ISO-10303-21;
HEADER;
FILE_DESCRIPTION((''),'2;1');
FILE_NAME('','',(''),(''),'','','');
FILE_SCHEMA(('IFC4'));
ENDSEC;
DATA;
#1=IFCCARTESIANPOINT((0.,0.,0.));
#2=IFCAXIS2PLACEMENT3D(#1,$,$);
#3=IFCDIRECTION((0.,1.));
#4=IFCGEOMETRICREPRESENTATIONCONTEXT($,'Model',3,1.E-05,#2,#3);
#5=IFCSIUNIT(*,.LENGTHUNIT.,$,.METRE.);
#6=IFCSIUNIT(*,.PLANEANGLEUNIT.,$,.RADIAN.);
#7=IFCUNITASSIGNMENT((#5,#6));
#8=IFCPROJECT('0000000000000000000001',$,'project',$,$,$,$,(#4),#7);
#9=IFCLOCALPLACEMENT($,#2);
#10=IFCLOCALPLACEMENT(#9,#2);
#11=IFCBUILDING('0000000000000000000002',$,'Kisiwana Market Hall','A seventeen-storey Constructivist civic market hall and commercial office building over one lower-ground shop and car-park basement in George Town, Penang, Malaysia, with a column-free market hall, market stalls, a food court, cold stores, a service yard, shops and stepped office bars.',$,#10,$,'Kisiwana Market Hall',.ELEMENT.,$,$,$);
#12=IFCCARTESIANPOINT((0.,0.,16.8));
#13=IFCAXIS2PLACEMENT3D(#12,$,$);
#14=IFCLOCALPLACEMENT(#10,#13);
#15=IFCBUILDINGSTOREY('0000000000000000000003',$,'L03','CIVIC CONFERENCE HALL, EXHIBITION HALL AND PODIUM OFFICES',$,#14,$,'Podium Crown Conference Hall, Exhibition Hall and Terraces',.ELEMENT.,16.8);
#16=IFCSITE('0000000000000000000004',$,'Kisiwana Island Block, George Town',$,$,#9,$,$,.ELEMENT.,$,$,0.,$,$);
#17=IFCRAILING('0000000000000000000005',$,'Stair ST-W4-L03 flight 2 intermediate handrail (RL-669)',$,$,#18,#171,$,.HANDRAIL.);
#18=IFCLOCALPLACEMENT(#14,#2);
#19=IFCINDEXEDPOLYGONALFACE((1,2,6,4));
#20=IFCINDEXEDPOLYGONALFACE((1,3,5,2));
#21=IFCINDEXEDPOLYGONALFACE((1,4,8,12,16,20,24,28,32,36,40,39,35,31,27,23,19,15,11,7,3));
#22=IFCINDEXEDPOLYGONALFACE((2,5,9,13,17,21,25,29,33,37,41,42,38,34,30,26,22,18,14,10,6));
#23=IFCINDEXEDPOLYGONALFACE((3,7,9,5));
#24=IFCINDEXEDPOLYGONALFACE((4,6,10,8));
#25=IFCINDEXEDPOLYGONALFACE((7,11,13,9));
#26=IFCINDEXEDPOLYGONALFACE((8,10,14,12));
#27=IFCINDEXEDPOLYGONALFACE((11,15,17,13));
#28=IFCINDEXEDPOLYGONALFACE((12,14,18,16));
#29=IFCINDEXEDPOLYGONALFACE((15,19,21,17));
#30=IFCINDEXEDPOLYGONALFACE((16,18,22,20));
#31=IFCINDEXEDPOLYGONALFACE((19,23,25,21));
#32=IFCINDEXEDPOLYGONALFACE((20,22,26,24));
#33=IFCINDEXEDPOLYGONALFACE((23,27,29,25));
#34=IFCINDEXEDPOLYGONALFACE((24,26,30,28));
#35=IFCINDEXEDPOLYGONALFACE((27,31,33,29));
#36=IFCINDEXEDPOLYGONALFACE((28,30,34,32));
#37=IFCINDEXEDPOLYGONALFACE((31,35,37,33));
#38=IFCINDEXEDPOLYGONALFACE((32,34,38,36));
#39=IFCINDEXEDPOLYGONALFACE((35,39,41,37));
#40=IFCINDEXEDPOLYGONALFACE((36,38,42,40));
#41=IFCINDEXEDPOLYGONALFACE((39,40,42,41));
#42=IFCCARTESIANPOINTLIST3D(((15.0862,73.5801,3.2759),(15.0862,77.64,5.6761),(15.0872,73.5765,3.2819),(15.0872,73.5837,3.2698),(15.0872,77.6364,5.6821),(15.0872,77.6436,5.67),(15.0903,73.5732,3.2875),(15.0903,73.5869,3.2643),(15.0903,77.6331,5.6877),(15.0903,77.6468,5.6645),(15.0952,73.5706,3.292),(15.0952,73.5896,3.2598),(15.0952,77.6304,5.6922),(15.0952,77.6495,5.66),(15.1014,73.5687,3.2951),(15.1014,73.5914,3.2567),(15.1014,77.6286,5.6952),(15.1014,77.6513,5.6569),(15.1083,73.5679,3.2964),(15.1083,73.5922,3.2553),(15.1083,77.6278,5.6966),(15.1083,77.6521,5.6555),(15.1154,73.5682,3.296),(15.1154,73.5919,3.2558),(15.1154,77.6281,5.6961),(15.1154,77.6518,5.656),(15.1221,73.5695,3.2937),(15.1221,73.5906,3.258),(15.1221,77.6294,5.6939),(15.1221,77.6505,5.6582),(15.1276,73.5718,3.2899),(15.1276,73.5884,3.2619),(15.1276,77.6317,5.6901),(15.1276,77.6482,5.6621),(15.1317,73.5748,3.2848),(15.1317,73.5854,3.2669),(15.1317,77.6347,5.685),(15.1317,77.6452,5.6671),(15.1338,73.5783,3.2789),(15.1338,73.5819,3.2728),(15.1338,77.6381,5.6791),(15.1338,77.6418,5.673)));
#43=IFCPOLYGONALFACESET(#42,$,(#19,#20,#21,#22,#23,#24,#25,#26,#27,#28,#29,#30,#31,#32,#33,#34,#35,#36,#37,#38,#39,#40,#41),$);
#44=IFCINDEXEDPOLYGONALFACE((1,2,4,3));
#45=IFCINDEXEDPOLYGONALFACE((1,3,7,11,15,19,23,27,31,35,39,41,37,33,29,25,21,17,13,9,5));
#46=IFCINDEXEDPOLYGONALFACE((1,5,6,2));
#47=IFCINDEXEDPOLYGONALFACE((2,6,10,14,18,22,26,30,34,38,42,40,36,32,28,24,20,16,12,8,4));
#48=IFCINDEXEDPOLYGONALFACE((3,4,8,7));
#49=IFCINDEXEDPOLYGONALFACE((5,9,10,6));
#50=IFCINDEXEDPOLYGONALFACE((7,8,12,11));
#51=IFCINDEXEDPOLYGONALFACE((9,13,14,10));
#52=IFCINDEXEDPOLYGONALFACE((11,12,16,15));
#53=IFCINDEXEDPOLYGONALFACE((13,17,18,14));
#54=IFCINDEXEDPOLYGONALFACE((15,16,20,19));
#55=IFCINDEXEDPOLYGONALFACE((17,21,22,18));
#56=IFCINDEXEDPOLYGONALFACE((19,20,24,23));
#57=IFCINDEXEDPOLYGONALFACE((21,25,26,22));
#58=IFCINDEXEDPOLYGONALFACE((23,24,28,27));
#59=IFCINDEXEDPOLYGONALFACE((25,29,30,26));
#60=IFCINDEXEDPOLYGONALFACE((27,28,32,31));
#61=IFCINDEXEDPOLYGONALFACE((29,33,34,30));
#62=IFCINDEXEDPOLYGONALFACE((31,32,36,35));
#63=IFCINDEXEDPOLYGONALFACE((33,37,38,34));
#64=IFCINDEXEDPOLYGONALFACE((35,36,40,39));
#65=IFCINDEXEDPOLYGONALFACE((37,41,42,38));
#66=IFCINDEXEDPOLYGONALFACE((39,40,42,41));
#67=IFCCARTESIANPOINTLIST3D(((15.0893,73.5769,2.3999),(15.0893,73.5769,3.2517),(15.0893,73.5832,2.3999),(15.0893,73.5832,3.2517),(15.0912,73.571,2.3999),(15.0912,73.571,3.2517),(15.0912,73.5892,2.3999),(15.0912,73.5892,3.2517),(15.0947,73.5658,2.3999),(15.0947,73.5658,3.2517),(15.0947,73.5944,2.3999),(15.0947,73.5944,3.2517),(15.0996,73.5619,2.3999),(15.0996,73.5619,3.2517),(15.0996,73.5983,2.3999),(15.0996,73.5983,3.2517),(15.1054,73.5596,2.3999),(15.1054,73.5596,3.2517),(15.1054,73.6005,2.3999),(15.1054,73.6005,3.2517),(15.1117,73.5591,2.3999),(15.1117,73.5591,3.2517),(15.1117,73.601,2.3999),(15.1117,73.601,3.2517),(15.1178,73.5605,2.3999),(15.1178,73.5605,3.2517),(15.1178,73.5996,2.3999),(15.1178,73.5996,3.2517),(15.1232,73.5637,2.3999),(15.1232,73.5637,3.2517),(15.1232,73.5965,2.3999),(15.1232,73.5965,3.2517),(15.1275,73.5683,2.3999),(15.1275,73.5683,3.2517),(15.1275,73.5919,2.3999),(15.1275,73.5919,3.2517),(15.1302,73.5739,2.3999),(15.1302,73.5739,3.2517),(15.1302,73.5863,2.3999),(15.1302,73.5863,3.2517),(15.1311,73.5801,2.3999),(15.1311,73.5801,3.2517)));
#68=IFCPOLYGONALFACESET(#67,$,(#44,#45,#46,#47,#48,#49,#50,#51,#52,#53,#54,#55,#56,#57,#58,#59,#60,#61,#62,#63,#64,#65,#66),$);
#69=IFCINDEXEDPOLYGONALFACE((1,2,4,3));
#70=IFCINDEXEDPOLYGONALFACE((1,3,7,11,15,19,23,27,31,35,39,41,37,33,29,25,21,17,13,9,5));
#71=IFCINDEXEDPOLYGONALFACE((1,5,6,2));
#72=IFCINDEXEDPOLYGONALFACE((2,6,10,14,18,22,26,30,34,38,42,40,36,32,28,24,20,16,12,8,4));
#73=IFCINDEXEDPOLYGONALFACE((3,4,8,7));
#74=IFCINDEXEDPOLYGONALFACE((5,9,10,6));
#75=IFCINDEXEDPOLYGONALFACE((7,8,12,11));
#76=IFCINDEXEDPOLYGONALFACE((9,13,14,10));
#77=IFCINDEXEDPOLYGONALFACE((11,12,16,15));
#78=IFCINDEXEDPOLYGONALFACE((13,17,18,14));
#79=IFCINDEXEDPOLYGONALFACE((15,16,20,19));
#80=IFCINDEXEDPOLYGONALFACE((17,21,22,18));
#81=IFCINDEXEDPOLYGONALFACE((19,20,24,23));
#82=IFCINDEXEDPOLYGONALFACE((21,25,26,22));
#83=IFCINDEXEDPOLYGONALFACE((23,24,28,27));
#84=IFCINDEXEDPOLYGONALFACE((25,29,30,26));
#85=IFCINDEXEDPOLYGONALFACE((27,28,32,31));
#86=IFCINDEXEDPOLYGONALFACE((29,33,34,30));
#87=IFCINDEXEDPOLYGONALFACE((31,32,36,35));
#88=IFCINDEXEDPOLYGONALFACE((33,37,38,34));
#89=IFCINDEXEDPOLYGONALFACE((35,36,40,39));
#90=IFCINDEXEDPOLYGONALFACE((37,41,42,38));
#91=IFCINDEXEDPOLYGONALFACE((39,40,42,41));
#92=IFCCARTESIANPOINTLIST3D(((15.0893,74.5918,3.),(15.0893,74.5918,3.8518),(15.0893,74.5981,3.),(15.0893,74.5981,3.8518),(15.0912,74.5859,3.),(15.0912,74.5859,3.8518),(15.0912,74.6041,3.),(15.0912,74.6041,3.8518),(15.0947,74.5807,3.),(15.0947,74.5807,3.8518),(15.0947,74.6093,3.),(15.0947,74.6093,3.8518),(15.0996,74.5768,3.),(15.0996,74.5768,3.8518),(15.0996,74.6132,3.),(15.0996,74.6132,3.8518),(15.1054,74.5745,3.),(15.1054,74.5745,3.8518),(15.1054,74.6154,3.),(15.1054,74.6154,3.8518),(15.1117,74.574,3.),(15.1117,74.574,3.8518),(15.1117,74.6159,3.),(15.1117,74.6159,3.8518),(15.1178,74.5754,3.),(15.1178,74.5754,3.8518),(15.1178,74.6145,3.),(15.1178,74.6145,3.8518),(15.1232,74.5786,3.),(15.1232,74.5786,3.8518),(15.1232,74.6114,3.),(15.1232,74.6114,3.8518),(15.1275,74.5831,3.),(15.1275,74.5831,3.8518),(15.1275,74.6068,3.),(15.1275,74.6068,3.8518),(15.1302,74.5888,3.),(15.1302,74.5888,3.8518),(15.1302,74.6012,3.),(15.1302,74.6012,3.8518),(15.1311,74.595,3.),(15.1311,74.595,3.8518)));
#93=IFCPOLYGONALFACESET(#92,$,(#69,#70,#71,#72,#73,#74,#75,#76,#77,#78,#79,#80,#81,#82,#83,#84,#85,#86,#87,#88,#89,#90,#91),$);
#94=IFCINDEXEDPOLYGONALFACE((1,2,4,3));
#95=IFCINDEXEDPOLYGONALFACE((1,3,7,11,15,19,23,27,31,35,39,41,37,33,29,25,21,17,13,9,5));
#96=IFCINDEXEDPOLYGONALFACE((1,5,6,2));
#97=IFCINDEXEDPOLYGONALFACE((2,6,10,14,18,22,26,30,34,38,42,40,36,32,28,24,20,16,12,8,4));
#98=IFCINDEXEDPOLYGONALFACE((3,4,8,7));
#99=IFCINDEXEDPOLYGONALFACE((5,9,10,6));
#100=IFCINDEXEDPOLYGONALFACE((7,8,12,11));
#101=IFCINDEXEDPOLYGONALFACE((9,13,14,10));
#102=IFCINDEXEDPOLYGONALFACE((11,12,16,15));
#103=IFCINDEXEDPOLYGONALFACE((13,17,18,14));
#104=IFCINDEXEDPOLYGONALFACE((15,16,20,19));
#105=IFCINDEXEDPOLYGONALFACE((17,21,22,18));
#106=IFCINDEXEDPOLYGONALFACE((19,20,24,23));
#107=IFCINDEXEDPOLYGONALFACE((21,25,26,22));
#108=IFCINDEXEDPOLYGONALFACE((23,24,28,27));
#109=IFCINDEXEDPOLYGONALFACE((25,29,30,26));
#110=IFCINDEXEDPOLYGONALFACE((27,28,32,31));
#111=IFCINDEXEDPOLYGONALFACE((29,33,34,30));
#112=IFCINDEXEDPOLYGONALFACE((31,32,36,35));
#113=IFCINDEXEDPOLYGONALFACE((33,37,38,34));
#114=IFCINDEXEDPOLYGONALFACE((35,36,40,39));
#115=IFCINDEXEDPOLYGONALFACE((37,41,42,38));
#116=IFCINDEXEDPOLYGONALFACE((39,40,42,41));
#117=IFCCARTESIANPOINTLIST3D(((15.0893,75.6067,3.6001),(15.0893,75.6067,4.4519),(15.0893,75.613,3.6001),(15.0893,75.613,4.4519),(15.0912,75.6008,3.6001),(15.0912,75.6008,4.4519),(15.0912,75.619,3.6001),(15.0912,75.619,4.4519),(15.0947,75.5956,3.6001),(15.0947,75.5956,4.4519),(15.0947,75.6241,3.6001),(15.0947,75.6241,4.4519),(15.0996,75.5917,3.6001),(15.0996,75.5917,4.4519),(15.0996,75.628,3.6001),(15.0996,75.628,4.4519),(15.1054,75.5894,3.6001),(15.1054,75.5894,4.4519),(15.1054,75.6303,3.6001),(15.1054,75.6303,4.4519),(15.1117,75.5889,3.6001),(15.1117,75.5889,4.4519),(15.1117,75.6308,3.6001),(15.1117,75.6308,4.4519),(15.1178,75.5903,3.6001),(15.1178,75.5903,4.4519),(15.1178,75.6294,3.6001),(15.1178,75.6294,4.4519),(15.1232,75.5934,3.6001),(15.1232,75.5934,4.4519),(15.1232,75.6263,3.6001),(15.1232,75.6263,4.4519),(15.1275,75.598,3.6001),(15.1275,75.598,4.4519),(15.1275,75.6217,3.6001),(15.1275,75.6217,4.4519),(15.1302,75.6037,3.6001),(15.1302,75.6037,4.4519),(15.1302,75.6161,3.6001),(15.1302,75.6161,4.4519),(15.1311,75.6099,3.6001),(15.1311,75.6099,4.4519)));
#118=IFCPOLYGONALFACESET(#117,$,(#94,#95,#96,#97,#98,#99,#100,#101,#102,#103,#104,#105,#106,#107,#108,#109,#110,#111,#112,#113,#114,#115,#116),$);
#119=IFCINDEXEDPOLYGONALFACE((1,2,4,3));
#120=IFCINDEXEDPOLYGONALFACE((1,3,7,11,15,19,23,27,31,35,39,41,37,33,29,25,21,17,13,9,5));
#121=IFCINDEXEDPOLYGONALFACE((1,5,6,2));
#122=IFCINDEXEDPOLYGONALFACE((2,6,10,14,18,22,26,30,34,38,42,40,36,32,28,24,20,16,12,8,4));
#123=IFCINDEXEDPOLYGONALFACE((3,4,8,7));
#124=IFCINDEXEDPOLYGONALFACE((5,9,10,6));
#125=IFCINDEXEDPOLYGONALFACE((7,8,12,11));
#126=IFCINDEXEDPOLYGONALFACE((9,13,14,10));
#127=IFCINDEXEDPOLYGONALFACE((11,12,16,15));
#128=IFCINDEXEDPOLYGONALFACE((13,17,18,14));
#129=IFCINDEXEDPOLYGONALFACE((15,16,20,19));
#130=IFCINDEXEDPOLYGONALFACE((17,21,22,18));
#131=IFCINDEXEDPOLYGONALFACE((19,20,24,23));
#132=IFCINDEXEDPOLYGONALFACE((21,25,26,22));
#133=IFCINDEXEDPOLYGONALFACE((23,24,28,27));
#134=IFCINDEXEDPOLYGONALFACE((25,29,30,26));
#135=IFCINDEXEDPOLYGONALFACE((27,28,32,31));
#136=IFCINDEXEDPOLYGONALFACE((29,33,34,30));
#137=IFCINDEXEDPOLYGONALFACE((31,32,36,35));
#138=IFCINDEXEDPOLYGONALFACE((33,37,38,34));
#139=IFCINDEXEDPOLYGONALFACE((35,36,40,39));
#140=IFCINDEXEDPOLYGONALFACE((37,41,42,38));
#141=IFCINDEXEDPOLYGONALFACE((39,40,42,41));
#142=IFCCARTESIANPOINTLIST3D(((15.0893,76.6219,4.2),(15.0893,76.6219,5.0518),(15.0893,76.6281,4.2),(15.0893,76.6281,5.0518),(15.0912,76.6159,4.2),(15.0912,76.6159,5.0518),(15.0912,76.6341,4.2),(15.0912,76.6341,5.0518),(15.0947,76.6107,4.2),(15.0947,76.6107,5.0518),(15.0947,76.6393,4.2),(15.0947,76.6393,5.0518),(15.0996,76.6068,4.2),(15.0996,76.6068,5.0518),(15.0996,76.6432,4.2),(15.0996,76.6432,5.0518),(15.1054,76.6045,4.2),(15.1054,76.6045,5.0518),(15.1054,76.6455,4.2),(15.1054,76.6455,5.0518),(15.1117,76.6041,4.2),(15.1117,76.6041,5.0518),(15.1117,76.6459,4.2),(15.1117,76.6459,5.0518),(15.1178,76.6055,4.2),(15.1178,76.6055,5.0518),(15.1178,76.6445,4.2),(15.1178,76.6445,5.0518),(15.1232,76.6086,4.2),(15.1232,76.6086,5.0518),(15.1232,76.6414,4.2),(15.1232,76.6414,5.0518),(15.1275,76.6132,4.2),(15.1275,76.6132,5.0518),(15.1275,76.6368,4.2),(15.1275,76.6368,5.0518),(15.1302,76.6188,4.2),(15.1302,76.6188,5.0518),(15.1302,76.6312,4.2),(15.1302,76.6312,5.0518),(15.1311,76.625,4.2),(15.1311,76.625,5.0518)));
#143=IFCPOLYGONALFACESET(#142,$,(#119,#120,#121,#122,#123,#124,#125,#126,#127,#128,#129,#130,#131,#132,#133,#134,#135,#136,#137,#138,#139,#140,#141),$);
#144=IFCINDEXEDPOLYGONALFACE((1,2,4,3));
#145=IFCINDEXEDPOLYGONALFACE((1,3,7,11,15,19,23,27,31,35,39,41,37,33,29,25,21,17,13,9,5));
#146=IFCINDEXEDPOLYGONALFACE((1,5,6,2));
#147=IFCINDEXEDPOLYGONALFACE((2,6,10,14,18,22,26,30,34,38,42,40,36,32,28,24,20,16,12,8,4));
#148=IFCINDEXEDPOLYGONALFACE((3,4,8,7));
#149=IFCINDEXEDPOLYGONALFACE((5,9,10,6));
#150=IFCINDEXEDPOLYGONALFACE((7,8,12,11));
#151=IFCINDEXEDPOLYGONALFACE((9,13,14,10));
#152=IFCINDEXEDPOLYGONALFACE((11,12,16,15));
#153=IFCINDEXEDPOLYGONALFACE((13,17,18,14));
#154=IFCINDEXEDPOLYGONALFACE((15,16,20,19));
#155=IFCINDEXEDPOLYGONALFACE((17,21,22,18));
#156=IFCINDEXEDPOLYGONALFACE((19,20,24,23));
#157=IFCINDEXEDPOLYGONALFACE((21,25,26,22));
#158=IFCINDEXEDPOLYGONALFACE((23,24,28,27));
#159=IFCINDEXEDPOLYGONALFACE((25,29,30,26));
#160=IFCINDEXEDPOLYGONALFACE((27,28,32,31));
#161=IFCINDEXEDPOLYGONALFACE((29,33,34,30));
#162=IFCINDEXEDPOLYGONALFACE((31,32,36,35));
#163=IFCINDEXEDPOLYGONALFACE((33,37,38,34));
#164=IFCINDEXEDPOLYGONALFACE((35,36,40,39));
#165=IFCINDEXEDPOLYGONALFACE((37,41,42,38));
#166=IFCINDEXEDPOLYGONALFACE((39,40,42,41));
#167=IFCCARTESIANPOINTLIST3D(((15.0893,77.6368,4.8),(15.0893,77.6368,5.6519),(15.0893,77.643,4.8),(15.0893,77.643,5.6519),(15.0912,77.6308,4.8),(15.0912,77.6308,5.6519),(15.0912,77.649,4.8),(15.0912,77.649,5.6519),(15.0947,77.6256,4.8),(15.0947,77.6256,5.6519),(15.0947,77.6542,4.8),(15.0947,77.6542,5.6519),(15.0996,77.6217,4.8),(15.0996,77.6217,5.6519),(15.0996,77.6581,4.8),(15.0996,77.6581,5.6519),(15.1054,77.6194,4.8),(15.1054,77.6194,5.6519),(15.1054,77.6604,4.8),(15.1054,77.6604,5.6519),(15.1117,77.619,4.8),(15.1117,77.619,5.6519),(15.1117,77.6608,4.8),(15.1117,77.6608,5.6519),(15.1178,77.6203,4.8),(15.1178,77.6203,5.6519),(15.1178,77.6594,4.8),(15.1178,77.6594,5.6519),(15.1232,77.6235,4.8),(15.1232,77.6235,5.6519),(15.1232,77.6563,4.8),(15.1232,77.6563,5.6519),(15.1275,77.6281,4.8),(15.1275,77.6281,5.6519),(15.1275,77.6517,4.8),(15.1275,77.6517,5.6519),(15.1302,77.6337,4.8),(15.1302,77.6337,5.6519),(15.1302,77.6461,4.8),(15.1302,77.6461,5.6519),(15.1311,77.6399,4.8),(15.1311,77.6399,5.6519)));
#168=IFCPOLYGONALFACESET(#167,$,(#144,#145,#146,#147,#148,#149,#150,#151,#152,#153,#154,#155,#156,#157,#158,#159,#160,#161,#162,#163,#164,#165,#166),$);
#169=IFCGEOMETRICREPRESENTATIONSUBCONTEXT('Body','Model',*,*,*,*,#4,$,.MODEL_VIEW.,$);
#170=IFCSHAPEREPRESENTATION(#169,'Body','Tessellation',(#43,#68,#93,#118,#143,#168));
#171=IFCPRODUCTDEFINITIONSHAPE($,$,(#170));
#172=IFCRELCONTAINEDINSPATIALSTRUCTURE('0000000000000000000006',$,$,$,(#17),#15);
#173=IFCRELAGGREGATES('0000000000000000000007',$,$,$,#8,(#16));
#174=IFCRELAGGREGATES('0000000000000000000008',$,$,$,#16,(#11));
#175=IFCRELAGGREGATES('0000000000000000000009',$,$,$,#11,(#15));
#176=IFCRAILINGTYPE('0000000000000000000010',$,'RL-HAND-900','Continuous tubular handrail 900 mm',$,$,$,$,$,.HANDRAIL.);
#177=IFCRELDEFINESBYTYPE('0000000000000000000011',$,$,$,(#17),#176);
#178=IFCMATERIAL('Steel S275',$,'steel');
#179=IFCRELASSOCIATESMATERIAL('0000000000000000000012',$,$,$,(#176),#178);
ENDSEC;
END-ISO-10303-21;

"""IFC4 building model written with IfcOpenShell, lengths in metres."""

from ifc_helpers import new_model, si_unit, direction, frame, origin, origin_2d, place, context, subcontext, project, spatial, circle, extrude, material, type_object, element, save


model = new_model("IFC4")

# Units and contexts
model_context = context("Model", 3, precision=1e-05, world=origin(), true_north=direction((0.0, 1.0)))
body_context = subcontext(model_context, "Body", "Model", "MODEL_VIEW")
ifc_project = project(units=[si_unit("LENGTHUNIT", "METRE"), si_unit("PLANEANGLEUNIT", "RADIAN")], contexts=[model_context])

# Site, building, storey
site_placement = place(None, origin())
site = spatial("IfcSite", under=ifc_project, at=site_placement, Name="Kisiwana Island Block, George Town", CompositionType="ELEMENT", RefElevation=0.0)
building_placement = place(site_placement, origin())
building = spatial("IfcBuilding", under=site, at=building_placement, Name="Kisiwana Market Hall", Description="A seventeen-storey Constructivist civic market hall and commercial office building over one lower-ground shop and car-park basement in George Town, Penang, Malaysia, with a column-free market hall, market stalls, a food court, cold stores, a service yard, shops and stepped office bars.", LongName="Kisiwana Market Hall", CompositionType="ELEMENT")
storey_placement = place(building_placement, frame((0.0, 0.0, 16.8)))
storey = spatial("IfcBuildingStorey", under=building, at=storey_placement, Name="L03", Description="CIVIC CONFERENCE HALL, EXHIBITION HALL AND PODIUM OFFICES", LongName="Podium Crown Conference Hall, Exhibition Hall and Terraces", CompositionType="ELEMENT", Elevation=16.8)

# Railing
ifc_material_1 = material(Name="Steel S275", Category="steel")
railing_type_1 = type_object("IfcRailingType", Name="RL-HAND-900", Description="Continuous tubular handrail 900 mm", PredefinedType="HANDRAIL", material=ifc_material_1)
for number, where, name in (
    (1, (15.1101, 73.5801, 2.3999), "Stair ST-W4-L03 flight 2 intermediate handrail (RL-669)"),
):
    element("IfcRailing", number, at=place(storey_placement, frame(where)), inside=storey, type_object=railing_type_1, Name=name, PredefinedType="HANDRAIL", context=body_context, shape_type="SweptSolid", body=[
        extrude(circle(Radius=0.0239, at=origin_2d()), frame((0.0, 0.0, 0.876), z_axis=(0.0, 0.860818, 0.508912), x_axis=(-1.0, 0.0, 0.0)), (0.0, 0.0, 1.0), 4.7163),
        extrude(circle(Radius=0.021, at=origin_2d()), origin(), (0.0, 0.0, 1.0), 0.8518),
        extrude(circle(Radius=0.021, at=origin_2d()), frame((0.0, 1.0149, 0.6001)), (0.0, 0.0, 1.0), 0.8518),
        extrude(circle(Radius=0.021, at=origin_2d()), frame((0.0, 2.0298, 1.2002)), (0.0, 0.0, 1.0), 0.8518),
        extrude(circle(Radius=0.021, at=origin_2d()), frame((0.0, 3.0449, 1.8)), (0.0, 0.0, 1.0), 0.8518),
        extrude(circle(Radius=0.021, at=origin_2d()), frame((0.0, 4.0598, 2.4001)), (0.0, 0.0, 1.0), 0.8518),
    ])

save(model, "model.ifc")
